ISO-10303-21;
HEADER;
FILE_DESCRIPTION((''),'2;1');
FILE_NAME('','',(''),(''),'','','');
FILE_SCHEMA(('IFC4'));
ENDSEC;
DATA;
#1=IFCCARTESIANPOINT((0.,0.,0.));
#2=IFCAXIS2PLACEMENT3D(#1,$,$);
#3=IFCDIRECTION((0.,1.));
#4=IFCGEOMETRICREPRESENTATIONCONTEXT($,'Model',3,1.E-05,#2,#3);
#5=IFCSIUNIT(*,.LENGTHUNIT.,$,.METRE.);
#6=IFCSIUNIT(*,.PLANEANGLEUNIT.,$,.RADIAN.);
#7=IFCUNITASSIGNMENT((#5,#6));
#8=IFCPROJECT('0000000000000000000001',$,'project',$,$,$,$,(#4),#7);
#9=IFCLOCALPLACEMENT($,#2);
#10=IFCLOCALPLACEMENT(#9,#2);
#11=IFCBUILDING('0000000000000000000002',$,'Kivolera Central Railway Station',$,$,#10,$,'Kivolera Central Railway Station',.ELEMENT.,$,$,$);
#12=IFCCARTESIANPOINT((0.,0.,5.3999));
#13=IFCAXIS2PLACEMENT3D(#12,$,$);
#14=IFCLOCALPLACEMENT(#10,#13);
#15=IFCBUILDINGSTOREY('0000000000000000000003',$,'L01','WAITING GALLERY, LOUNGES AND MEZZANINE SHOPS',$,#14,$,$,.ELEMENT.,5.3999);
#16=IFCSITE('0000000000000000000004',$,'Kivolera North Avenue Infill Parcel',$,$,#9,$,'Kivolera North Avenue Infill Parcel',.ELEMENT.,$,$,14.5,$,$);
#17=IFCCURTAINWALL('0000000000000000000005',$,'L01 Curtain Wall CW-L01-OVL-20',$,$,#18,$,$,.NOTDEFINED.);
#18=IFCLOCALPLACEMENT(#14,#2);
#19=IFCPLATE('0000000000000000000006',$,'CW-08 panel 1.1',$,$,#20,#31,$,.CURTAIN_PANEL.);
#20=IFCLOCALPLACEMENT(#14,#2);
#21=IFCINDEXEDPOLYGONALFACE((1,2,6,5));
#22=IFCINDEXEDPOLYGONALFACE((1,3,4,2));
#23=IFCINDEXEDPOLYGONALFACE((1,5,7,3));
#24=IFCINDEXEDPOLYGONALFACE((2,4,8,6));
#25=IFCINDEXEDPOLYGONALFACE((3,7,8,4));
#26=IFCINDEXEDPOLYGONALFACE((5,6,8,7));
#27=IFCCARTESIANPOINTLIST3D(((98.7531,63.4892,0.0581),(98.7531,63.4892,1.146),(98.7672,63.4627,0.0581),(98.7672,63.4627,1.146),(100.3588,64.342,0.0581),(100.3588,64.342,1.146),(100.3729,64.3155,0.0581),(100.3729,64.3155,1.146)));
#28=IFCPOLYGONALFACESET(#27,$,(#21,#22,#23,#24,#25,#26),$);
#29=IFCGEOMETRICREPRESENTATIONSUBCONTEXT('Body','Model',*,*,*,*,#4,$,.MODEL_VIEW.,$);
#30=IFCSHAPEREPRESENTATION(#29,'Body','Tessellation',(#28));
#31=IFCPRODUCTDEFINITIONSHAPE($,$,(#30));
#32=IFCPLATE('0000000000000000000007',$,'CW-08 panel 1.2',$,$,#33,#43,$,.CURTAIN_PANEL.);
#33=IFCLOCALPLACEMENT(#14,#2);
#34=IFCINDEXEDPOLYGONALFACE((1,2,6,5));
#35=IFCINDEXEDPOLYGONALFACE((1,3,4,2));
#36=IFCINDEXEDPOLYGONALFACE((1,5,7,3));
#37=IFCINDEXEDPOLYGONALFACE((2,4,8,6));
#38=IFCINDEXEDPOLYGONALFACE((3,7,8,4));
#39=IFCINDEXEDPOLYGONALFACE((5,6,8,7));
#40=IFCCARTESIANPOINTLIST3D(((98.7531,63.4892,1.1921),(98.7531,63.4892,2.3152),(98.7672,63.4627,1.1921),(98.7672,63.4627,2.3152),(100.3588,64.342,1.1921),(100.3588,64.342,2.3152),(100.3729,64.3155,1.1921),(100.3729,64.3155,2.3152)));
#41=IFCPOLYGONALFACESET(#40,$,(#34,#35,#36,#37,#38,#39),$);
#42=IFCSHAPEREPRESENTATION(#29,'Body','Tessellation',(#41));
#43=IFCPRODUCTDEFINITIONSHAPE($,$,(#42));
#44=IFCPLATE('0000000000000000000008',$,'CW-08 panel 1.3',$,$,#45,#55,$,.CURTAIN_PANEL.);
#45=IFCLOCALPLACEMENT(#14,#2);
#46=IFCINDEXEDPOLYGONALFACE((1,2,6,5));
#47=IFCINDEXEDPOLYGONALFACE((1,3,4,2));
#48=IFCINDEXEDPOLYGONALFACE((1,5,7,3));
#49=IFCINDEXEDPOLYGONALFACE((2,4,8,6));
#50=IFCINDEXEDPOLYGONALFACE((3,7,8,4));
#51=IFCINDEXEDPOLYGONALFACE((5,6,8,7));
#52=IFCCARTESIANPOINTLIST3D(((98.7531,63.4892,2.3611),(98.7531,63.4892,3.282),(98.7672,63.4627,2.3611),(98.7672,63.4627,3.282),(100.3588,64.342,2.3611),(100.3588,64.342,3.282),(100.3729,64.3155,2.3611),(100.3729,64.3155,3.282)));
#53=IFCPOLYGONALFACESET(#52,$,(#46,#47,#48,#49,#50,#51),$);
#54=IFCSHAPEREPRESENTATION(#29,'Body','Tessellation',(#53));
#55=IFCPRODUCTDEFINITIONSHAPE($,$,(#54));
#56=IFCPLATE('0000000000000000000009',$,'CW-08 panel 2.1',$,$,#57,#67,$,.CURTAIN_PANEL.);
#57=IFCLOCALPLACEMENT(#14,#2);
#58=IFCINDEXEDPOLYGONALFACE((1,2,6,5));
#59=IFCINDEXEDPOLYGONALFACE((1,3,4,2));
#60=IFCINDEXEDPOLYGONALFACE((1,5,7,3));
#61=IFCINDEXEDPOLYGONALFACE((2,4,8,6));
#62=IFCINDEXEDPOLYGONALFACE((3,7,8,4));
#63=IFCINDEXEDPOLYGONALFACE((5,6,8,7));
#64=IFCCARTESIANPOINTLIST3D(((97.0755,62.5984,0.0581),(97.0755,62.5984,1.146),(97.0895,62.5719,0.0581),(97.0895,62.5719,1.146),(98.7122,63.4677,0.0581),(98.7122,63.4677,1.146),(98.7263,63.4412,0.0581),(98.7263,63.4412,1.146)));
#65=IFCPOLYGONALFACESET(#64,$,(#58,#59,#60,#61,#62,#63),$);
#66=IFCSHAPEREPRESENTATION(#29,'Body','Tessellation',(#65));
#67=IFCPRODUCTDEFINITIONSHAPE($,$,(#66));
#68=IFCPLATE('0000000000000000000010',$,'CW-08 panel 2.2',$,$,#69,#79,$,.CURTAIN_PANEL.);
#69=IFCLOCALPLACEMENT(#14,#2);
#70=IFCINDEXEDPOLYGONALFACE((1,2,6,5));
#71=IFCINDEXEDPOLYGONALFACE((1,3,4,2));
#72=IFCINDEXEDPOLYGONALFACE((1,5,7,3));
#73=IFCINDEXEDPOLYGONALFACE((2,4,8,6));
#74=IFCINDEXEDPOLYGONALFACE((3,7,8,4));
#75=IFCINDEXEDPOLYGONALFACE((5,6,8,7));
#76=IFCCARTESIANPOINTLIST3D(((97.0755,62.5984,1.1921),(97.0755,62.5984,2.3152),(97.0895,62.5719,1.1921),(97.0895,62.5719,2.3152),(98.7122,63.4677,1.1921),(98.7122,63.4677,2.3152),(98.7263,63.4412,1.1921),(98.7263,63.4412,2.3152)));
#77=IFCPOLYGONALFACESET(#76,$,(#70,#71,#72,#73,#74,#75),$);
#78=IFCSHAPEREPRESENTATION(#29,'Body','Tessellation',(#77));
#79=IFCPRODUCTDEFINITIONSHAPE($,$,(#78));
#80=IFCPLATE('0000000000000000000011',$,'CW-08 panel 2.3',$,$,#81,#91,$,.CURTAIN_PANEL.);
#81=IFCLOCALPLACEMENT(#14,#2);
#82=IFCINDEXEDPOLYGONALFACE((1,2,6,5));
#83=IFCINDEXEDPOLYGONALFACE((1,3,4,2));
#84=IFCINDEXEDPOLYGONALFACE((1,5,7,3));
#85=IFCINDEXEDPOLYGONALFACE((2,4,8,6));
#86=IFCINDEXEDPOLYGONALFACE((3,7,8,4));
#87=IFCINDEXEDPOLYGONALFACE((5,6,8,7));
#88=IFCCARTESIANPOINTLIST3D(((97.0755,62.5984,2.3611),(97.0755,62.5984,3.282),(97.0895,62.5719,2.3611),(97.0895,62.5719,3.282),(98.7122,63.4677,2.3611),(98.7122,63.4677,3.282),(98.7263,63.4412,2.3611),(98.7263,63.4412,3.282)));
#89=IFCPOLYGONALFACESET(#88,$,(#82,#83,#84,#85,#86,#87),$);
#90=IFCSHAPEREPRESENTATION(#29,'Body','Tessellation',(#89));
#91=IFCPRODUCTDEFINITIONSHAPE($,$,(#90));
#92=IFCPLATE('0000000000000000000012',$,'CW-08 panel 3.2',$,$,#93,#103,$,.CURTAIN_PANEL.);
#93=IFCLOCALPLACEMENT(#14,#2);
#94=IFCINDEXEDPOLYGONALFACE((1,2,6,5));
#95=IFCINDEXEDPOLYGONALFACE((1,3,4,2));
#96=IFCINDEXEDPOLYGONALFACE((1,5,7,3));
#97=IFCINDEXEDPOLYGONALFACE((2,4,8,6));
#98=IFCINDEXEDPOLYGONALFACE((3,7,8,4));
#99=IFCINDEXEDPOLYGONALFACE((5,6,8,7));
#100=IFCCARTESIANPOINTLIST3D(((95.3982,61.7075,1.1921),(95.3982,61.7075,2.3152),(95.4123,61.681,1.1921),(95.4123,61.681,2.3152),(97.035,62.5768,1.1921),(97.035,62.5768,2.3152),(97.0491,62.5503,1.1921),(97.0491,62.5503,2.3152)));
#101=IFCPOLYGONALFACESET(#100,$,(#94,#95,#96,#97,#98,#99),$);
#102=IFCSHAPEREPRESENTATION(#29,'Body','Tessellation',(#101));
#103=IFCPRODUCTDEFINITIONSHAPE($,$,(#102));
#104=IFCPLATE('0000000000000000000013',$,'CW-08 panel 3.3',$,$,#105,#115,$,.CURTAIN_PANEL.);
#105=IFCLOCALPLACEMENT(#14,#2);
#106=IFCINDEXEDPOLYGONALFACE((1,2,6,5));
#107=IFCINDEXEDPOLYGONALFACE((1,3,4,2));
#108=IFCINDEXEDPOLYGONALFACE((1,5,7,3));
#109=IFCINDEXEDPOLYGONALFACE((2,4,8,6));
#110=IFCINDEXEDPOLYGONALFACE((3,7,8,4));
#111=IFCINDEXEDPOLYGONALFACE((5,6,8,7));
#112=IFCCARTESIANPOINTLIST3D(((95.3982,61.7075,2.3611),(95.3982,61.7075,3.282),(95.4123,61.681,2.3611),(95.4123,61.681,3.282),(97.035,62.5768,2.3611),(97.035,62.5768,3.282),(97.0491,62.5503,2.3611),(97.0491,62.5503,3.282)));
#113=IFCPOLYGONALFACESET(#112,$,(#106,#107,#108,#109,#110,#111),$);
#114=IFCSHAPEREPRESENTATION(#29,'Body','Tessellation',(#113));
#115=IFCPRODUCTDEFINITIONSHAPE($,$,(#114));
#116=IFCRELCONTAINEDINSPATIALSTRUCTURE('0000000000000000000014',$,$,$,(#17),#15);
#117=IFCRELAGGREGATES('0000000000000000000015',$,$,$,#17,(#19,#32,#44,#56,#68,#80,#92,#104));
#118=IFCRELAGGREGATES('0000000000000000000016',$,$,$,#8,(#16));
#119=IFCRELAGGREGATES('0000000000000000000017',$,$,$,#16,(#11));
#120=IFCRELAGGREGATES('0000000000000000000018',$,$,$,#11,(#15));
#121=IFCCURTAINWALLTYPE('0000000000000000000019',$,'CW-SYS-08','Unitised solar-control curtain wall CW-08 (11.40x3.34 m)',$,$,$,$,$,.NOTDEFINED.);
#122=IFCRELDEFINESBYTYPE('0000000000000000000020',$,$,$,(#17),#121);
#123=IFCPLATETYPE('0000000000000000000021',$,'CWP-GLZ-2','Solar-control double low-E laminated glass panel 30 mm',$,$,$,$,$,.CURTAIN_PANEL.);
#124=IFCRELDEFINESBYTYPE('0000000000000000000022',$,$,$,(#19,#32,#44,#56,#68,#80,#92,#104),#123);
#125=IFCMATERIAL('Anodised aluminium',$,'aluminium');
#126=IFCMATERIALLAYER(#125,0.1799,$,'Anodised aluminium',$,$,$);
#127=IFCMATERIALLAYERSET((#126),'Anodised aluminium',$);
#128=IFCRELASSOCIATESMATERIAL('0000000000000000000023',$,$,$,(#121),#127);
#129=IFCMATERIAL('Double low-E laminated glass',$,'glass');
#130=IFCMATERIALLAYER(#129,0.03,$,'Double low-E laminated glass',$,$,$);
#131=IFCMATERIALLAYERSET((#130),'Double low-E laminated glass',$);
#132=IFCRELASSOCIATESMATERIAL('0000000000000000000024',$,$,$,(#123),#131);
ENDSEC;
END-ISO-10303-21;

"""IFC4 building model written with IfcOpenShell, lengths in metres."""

from ifc_helpers import new_model, si_unit, direction, frame, origin, origin_2d, place, context, subcontext, project, spatial, rectangle, extrude, material, layer, layer_set, type_object, element, aggregate, save


model = new_model("IFC4")

# Units and contexts
model_context = context("Model", 3, precision=1e-05, world=origin(), true_north=direction((0.0, 1.0)))
body_context = subcontext(model_context, "Body", "Model", "MODEL_VIEW")
ifc_project = project(units=[si_unit("LENGTHUNIT", "METRE"), si_unit("PLANEANGLEUNIT", "RADIAN")], contexts=[model_context])

# Site, building, storey
site_placement = place(None, origin())
site = spatial("IfcSite", under=ifc_project, at=site_placement, Name="Kivolera North Avenue Infill Parcel", LongName="Kivolera North Avenue Infill Parcel", CompositionType="ELEMENT", RefElevation=14.5)
building_placement = place(site_placement, origin())
building = spatial("IfcBuilding", under=site, at=building_placement, Name="Kivolera Central Railway Station", LongName="Kivolera Central Railway Station", CompositionType="ELEMENT")
storey_placement = place(building_placement, frame((0.0, 0.0, 5.3999)))
storey = spatial("IfcBuildingStorey", under=building, at=storey_placement, Name="L01", Description="WAITING GALLERY, LOUNGES AND MEZZANINE SHOPS", CompositionType="ELEMENT", Elevation=5.3999)

# Curtain wall, plates
ifc_material_1 = material(Name="Anodised aluminium", Category="aluminium")
ifc_layer_1 = layer(ifc_material_1, 0.1799, Name="Anodised aluminium")
ifc_layer_set_1 = layer_set([ifc_layer_1], Name="Anodised aluminium")
curtain_wall_type = type_object("IfcCurtainWallType", Name="CW-SYS-08", Description="Unitised solar-control curtain wall CW-08 (11.40x3.34 m)", PredefinedType="NOTDEFINED", material=ifc_layer_set_1)
curtain_wall_placement = place(storey_placement, origin())
curtain_wall = element("IfcCurtainWall", 1, at=curtain_wall_placement, inside=storey, type_object=curtain_wall_type, Name="L01 Curtain Wall CW-L01-OVL-20", PredefinedType="NOTDEFINED")
ifc_material_2 = material(Name="Double low-E laminated glass", Category="glass")
ifc_layer_2 = layer(ifc_material_2, 0.03, Name="Double low-E laminated glass")
ifc_layer_set_2 = layer_set([ifc_layer_2], Name="Double low-E laminated glass")
plate_type = type_object("IfcPlateType", Name="CWP-GLZ-2", Description="Solar-control double low-E laminated glass panel 30 mm", PredefinedType="CURTAIN_PANEL", material=ifc_layer_set_2)
plate_1_placement = place(storey_placement, frame((99.563, 63.9023, 0.0581), z_axis=(0.0, 0.0, 1.0), x_axis=(-0.88317, -0.469053, 0.0)))
plate_1 = element("IfcPlate", 2, at=plate_1_placement, type_object=plate_type, Name="CW-08 panel 1.1", PredefinedType="CURTAIN_PANEL", context=body_context, shape_type="SweptSolid", body=[
    extrude(rectangle(XDim=1.8181, YDim=0.03, at=origin_2d()), origin(), (0.0, 0.0, 1.0), 1.0879),
])
plate_2_placement = place(storey_placement, frame((99.563, 63.9023, 1.1921), z_axis=(0.0, 0.0, 1.0), x_axis=(-0.88317, -0.469053, 0.0)))
plate_2 = element("IfcPlate", 3, at=plate_2_placement, type_object=plate_type, Name="CW-08 panel 1.2", PredefinedType="CURTAIN_PANEL", context=body_context, shape_type="SweptSolid", body=[
    extrude(rectangle(XDim=1.8181, YDim=0.03, at=origin_2d()), origin(), (0.0, 0.0, 1.0), 1.123),
])
plate_3_placement = place(storey_placement, frame((99.563, 63.9023, 2.3611), z_axis=(0.0, 0.0, 1.0), x_axis=(-0.88317, -0.469053, 0.0)))
plate_3 = element("IfcPlate", 4, at=plate_3_placement, type_object=plate_type, Name="CW-08 panel 1.3", PredefinedType="CURTAIN_PANEL", context=body_context, shape_type="SweptSolid", body=[
    extrude(rectangle(XDim=1.8181, YDim=0.03, at=origin_2d()), origin(), (0.0, 0.0, 1.0), 0.9209),
])
plate_4_placement = place(storey_placement, frame((97.9009, 63.0198, 0.0581), z_axis=(0.0, 0.0, 1.0), x_axis=(-0.88317, -0.469053, 0.0)))
plate_4 = element("IfcPlate", 5, at=plate_4_placement, type_object=plate_type, Name="CW-08 panel 2.1", PredefinedType="CURTAIN_PANEL", context=body_context, shape_type="SweptSolid", body=[
    extrude(rectangle(XDim=1.8533, YDim=0.03, at=origin_2d()), origin(), (0.0, 0.0, 1.0), 1.0879),
])
plate_5_placement = place(storey_placement, frame((97.9009, 63.0198, 1.1921), z_axis=(0.0, 0.0, 1.0), x_axis=(-0.88317, -0.469053, 0.0)))
plate_5 = element("IfcPlate", 6, at=plate_5_placement, type_object=plate_type, Name="CW-08 panel 2.2", PredefinedType="CURTAIN_PANEL", context=body_context, shape_type="SweptSolid", body=[
    extrude(rectangle(XDim=1.8533, YDim=0.03, at=origin_2d()), origin(), (0.0, 0.0, 1.0), 1.123),
])
plate_6_placement = place(storey_placement, frame((97.9009, 63.0198, 2.3611), z_axis=(0.0, 0.0, 1.0), x_axis=(-0.88317, -0.469053, 0.0)))
plate_6 = element("IfcPlate", 7, at=plate_6_placement, type_object=plate_type, Name="CW-08 panel 2.3", PredefinedType="CURTAIN_PANEL", context=body_context, shape_type="SweptSolid", body=[
    extrude(rectangle(XDim=1.8533, YDim=0.03, at=origin_2d()), origin(), (0.0, 0.0, 1.0), 0.9209),
])
plate_7_placement = place(storey_placement, frame((96.2236, 62.1289, 1.1921), z_axis=(0.0, 0.0, 1.0), x_axis=(-0.88317, -0.469053, 0.0)))
plate_7 = element("IfcPlate", 8, at=plate_7_placement, type_object=plate_type, Name="CW-08 panel 3.2", PredefinedType="CURTAIN_PANEL", context=body_context, shape_type="SweptSolid", body=[
    extrude(rectangle(XDim=1.8533, YDim=0.03, at=origin_2d()), origin(), (0.0, 0.0, 1.0), 1.123),
])
plate_8_placement = place(storey_placement, frame((96.2236, 62.1289, 2.3611), z_axis=(0.0, 0.0, 1.0), x_axis=(-0.88317, -0.469053, 0.0)))
plate_8 = element("IfcPlate", 9, at=plate_8_placement, type_object=plate_type, Name="CW-08 panel 3.3", PredefinedType="CURTAIN_PANEL", context=body_context, shape_type="SweptSolid", body=[
    extrude(rectangle(XDim=1.8533, YDim=0.03, at=origin_2d()), origin(), (0.0, 0.0, 1.0), 0.9209),
])
aggregate(curtain_wall, [plate_1, plate_2, plate_3, plate_4, plate_5, plate_6, plate_7, plate_8])

save(model, "model.ifc")
